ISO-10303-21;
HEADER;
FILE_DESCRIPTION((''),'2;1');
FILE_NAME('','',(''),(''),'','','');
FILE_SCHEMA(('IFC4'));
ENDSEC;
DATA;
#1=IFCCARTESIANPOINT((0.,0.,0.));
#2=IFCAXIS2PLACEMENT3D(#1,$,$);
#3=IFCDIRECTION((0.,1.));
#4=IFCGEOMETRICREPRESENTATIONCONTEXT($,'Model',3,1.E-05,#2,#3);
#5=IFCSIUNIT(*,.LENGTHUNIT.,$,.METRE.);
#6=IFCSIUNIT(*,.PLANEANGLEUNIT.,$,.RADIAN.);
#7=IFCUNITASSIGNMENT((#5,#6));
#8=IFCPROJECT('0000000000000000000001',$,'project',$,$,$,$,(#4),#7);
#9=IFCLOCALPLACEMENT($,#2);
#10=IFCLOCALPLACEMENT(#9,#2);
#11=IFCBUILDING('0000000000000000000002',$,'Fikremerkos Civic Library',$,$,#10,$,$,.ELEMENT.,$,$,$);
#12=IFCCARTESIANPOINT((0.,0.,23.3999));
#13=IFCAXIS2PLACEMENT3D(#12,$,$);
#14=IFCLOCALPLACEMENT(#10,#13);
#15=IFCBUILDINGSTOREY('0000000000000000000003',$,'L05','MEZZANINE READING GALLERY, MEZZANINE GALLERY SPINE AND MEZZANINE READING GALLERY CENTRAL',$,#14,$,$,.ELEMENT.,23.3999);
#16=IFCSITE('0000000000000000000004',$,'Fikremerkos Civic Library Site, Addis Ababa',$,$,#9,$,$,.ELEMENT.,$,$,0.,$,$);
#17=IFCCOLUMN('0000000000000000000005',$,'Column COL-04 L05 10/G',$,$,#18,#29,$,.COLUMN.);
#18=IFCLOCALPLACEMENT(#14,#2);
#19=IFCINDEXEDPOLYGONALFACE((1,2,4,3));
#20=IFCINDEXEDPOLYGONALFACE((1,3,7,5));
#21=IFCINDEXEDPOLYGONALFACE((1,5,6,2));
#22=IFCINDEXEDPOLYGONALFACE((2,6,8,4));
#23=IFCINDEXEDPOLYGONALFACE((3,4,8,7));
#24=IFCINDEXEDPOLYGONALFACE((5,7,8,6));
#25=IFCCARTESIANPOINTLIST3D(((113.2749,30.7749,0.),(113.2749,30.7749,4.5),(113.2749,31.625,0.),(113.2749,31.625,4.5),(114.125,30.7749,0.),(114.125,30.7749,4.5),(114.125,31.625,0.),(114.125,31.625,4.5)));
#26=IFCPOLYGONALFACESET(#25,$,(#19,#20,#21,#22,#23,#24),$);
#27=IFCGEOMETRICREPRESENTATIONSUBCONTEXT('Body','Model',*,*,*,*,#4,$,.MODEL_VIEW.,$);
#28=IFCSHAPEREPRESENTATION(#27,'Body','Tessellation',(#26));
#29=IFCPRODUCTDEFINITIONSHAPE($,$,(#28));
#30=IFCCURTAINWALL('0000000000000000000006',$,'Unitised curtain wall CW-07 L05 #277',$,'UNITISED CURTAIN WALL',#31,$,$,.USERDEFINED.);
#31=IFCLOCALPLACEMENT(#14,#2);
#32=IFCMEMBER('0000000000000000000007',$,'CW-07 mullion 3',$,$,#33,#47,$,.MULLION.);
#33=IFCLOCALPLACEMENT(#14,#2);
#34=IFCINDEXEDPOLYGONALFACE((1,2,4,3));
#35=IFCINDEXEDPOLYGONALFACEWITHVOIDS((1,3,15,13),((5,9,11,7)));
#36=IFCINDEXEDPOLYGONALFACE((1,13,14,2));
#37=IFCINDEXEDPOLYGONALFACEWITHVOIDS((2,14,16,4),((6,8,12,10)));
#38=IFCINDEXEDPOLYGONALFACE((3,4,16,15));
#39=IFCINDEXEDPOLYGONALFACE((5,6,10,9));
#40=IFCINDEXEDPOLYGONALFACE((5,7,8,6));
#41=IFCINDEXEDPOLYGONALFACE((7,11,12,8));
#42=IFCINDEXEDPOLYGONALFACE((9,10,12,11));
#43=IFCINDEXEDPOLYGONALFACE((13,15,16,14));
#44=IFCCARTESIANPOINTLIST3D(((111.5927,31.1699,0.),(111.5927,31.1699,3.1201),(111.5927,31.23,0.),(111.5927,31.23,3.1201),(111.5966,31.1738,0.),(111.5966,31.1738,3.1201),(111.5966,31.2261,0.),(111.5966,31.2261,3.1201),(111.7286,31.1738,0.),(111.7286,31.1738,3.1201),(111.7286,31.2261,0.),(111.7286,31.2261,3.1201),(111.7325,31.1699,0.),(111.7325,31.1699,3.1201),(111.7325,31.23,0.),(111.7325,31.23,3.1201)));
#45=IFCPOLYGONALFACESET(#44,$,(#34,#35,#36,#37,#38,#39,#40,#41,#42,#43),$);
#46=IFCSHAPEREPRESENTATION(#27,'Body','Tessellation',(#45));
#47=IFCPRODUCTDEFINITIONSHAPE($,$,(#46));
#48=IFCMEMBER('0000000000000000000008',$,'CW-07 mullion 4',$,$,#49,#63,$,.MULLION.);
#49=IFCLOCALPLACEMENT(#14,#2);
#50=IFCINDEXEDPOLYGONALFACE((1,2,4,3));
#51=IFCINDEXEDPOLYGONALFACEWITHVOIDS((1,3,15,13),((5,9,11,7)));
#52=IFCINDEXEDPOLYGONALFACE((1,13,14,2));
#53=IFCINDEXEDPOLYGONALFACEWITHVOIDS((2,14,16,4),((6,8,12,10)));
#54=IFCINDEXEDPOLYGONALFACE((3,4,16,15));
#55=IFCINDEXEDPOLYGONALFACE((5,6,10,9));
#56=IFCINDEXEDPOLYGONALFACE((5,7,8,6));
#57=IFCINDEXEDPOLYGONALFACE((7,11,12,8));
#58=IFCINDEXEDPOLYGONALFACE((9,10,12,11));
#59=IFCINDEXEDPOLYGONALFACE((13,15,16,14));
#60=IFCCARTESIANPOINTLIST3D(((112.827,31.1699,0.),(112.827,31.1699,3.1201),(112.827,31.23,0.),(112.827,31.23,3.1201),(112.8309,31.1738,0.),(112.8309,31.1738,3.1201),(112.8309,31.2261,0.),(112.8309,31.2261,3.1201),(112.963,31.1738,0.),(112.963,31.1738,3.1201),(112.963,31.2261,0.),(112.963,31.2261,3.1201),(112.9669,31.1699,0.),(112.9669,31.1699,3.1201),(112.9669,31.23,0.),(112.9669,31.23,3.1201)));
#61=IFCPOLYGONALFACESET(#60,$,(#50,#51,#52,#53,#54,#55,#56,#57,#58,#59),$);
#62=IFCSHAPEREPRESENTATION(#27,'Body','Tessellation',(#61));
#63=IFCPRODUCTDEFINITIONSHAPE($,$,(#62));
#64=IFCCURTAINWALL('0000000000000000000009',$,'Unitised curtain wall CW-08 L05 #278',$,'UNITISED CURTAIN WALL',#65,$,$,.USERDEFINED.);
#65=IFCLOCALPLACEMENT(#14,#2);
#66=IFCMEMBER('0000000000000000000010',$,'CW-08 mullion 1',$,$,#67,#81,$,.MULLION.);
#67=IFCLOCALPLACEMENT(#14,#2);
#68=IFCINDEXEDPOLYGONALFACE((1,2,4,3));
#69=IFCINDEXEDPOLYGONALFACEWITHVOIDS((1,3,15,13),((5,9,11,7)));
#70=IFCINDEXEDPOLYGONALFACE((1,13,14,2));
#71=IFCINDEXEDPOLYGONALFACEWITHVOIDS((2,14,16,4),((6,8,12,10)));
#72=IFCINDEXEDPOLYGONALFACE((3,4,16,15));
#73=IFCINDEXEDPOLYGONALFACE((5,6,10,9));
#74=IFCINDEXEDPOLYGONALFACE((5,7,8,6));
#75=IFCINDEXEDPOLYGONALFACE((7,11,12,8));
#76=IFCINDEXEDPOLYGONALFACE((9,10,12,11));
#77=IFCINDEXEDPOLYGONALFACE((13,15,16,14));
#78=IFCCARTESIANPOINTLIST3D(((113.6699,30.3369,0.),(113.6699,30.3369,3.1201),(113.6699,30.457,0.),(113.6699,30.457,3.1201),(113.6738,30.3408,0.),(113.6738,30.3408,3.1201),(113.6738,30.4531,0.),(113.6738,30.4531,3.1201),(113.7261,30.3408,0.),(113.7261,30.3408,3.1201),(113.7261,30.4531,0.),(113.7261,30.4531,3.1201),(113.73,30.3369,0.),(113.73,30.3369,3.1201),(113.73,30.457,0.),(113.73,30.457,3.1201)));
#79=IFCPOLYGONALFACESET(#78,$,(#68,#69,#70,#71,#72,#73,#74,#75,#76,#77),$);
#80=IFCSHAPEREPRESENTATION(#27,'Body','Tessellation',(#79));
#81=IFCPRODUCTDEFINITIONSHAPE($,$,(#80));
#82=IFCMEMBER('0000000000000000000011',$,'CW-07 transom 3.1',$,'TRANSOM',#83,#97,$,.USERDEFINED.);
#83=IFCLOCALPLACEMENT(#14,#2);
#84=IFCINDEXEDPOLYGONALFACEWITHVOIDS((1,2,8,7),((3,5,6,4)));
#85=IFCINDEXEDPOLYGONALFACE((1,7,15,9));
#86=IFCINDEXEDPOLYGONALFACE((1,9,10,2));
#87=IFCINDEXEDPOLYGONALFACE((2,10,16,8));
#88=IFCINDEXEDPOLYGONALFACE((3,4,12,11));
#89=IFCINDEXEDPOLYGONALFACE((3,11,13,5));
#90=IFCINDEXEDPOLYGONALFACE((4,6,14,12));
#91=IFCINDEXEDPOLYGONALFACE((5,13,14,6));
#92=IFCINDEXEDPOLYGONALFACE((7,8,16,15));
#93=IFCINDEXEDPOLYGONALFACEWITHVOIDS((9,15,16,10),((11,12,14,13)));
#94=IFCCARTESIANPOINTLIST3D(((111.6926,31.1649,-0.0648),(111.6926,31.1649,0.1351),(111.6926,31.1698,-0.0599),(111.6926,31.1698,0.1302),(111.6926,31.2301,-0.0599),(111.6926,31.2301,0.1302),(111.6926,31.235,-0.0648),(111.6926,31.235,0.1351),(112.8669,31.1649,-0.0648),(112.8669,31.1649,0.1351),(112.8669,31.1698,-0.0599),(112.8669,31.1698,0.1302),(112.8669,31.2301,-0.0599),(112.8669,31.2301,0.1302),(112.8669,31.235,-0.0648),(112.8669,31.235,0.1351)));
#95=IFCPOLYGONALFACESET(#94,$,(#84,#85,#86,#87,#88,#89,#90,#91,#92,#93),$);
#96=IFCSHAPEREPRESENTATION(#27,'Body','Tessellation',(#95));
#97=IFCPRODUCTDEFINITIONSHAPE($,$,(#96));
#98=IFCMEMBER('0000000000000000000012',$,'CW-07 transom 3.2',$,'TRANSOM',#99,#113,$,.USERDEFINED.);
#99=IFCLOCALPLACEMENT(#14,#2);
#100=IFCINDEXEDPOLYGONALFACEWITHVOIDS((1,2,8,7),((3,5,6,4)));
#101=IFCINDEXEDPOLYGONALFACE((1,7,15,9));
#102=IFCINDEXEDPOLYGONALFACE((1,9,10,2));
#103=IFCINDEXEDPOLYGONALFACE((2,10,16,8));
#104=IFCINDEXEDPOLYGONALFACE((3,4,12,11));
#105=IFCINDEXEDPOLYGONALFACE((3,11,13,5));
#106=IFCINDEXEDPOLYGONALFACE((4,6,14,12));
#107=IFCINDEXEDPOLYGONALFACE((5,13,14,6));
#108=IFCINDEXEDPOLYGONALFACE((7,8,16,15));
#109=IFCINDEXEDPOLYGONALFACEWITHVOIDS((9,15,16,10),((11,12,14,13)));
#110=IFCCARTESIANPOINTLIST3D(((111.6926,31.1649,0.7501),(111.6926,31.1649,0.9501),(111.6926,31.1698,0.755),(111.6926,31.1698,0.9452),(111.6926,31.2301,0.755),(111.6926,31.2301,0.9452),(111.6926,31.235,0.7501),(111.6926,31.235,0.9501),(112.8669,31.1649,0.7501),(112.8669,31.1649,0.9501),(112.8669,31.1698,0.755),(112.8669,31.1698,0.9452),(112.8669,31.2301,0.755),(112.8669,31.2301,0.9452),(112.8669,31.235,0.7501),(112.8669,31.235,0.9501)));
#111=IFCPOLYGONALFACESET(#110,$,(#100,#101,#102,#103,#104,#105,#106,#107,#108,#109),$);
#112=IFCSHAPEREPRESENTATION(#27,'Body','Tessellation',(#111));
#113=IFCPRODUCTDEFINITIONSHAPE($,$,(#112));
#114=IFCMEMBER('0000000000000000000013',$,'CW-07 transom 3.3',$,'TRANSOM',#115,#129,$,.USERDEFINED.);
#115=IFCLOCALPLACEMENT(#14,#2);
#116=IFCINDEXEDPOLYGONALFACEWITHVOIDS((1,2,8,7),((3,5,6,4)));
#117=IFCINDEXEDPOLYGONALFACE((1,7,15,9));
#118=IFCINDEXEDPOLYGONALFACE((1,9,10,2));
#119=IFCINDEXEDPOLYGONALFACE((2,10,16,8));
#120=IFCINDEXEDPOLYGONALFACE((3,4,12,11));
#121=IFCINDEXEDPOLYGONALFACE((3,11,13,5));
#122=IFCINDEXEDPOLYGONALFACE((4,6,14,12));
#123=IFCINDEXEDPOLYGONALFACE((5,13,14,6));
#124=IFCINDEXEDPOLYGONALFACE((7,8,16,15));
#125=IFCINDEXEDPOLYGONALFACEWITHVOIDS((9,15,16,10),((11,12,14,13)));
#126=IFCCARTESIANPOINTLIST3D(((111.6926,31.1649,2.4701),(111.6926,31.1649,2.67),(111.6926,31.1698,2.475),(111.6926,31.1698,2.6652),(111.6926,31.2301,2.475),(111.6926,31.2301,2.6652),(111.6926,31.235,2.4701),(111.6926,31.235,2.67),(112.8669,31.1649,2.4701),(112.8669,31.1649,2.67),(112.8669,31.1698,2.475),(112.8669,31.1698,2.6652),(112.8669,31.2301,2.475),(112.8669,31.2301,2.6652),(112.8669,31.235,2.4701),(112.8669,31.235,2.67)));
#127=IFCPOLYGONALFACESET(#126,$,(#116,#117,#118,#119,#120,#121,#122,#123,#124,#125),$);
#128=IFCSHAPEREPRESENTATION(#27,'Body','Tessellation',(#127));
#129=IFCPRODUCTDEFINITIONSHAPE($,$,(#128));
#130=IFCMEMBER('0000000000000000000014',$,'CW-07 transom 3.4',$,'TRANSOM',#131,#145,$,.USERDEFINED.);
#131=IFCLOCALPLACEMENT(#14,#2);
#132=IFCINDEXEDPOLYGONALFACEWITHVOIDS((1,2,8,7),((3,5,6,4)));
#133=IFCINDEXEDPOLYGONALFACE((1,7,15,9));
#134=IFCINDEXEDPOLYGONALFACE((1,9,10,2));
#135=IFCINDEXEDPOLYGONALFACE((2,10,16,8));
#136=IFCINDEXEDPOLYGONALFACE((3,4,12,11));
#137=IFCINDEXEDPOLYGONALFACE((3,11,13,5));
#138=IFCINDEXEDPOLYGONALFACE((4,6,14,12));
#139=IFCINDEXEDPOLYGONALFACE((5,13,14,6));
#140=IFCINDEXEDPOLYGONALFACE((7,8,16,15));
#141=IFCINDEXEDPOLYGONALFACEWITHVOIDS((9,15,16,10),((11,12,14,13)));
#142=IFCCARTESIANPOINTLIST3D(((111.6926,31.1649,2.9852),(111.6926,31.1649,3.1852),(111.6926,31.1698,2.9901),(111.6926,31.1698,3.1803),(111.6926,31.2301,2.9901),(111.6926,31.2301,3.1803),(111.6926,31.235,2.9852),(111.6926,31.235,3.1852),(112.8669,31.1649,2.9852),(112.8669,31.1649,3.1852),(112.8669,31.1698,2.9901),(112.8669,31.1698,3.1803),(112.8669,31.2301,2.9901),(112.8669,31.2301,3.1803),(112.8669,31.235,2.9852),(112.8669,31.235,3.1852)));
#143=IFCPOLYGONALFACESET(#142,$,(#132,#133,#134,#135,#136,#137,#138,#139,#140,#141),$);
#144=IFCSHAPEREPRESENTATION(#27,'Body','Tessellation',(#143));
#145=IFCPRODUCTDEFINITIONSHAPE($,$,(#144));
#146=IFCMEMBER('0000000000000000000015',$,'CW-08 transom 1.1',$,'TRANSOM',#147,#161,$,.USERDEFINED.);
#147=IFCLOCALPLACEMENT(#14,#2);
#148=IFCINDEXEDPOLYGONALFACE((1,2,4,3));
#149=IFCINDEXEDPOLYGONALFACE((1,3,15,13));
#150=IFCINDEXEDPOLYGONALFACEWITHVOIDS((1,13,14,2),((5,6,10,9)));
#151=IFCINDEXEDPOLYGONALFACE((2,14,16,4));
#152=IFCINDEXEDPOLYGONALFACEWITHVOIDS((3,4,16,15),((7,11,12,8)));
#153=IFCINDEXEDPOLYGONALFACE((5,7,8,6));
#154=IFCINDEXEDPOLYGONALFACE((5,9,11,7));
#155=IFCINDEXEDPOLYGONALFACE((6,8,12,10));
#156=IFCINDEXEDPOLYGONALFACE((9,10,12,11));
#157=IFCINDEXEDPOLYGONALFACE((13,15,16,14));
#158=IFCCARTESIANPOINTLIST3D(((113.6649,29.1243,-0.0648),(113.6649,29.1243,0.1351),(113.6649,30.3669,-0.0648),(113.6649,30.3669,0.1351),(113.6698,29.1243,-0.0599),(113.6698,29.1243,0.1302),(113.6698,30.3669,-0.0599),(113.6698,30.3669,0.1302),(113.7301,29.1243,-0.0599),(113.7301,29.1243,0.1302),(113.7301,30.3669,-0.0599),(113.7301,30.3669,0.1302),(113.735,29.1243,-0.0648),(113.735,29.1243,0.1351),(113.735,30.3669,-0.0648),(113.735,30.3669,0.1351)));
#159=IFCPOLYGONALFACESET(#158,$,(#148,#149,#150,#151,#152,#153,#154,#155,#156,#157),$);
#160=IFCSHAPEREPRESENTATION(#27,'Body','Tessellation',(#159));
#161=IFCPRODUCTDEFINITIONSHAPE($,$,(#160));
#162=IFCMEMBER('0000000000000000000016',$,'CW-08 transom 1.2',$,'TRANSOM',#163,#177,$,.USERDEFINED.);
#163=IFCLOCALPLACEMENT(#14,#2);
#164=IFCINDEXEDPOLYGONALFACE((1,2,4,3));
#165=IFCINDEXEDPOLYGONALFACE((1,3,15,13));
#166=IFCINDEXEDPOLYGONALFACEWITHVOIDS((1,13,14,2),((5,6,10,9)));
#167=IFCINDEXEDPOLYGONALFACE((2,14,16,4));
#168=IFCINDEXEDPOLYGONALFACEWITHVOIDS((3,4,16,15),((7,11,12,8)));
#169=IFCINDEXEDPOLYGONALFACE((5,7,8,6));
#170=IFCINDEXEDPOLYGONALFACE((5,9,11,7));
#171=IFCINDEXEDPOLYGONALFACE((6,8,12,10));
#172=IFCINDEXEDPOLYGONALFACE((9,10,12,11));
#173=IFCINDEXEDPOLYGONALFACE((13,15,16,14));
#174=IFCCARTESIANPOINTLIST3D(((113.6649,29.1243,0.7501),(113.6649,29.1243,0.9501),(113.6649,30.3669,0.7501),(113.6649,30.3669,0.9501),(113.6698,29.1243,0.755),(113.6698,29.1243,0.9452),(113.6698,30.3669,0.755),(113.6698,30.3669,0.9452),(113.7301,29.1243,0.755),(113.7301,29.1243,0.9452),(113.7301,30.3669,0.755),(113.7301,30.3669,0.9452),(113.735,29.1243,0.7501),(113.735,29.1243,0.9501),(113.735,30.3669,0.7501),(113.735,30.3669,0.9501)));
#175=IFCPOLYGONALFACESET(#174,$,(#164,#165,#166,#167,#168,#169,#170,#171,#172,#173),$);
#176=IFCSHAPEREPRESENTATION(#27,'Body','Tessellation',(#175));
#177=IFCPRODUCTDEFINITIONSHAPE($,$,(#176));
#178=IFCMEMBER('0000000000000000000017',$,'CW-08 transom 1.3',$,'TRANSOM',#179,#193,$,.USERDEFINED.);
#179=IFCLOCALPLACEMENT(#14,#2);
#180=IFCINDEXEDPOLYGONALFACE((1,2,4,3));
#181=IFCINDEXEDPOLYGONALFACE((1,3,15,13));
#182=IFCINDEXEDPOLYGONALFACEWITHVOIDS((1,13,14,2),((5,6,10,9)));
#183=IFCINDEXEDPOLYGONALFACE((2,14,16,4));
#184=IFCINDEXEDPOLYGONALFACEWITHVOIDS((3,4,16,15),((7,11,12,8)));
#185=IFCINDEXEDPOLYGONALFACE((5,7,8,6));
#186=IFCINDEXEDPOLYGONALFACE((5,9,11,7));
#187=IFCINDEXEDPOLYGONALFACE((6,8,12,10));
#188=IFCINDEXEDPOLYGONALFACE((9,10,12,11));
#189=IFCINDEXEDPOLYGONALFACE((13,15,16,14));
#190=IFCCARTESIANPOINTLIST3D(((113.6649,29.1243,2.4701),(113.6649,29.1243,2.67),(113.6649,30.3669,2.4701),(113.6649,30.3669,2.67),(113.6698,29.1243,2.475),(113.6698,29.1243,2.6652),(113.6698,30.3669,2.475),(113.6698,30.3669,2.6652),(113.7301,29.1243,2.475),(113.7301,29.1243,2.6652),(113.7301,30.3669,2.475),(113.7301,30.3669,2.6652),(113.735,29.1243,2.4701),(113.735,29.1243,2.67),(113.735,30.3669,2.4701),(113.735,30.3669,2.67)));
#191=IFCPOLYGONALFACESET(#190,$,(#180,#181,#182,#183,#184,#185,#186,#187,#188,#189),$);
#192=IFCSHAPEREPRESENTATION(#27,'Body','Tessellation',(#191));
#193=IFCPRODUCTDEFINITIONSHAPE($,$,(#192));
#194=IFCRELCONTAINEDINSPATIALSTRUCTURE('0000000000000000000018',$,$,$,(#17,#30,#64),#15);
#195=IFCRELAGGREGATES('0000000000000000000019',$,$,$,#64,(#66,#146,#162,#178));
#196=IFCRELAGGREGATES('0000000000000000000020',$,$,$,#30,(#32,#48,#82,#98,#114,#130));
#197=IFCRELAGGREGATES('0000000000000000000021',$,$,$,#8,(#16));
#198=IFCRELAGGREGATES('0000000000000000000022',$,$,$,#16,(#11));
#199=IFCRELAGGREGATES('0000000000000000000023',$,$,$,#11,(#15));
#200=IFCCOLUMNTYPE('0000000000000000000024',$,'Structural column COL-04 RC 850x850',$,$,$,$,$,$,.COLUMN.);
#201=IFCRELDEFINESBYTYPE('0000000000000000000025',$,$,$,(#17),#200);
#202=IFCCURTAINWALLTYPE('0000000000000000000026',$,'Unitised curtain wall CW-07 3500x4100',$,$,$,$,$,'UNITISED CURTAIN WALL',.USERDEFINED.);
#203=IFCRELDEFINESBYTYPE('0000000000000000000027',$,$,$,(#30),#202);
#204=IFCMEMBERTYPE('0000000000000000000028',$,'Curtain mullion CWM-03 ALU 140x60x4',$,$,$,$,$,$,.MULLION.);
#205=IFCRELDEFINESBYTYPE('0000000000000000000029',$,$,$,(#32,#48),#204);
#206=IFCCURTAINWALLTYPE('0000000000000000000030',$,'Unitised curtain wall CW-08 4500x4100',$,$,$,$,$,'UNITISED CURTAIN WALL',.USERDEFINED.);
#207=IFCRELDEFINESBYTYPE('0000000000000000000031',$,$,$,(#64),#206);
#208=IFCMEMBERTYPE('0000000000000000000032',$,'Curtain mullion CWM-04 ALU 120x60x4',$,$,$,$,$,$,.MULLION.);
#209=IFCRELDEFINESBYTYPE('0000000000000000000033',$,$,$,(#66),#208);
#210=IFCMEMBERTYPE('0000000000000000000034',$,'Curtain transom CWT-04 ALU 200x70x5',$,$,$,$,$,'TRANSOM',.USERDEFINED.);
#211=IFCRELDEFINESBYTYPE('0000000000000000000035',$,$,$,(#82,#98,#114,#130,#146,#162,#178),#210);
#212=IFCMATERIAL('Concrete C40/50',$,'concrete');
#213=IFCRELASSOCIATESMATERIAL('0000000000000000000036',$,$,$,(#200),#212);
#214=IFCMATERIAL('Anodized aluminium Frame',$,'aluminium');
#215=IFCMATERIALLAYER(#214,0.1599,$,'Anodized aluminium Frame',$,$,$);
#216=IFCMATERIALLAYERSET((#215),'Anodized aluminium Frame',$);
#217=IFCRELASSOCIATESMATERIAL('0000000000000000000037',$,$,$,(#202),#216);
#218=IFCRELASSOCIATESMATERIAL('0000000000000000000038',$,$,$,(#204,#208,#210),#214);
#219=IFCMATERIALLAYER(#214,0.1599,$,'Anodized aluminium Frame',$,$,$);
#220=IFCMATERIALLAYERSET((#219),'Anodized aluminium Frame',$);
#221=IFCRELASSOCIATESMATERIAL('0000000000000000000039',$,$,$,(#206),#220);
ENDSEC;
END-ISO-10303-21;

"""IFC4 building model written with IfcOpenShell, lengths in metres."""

from ifc_helpers import new_model, si_unit, direction, frame, origin, origin_2d, place, context, subcontext, project, spatial, rectangle, hollow_rectangle, extrude, material, layer, layer_set, material_profile, profile_set, type_object, element, aggregate, save


model = new_model("IFC4")

# Units and contexts
model_context = context("Model", 3, precision=1e-05, world=origin(), true_north=direction((0.0, 1.0)))
body_context = subcontext(model_context, "Body", "Model", "MODEL_VIEW")
ifc_project = project(units=[si_unit("LENGTHUNIT", "METRE"), si_unit("PLANEANGLEUNIT", "RADIAN")], contexts=[model_context])

# Site, building, storey
site_placement = place(None, origin())
site = spatial("IfcSite", under=ifc_project, at=site_placement, Name="Fikremerkos Civic Library Site, Addis Ababa", CompositionType="ELEMENT", RefElevation=0.0)
building_placement = place(site_placement, origin())
building = spatial("IfcBuilding", under=site, at=building_placement, Name="Fikremerkos Civic Library", CompositionType="ELEMENT")
storey_placement = place(building_placement, frame((0.0, 0.0, 23.3999)))
storey = spatial("IfcBuildingStorey", under=building, at=storey_placement, Name="L05", Description="MEZZANINE READING GALLERY, MEZZANINE GALLERY SPINE AND MEZZANINE READING GALLERY CENTRAL", CompositionType="ELEMENT", Elevation=23.3999)

# Column
ifc_material_1 = material(Name="Concrete C40/50", Category="concrete")
ifc_material_profile_1 = material_profile(ifc_material_1, rectangle(XDim=0.8501, YDim=0.8501, at=origin_2d()), Name="RC 850x850")
ifc_profile_set_1 = profile_set([ifc_material_profile_1], Name="Concrete C40/50")
column_type = type_object("IfcColumnType", Name="Structural column COL-04 RC 850x850", PredefinedType="COLUMN", material=ifc_profile_set_1)
column_placement = place(storey_placement, frame((113.7, 31.2, 0.0), z_axis=(0.0, 0.0, 1.0), x_axis=(1.0, 0.0, 0.0)))
element("IfcColumn", 1, at=column_placement, inside=storey, type_object=column_type, Name="Column COL-04 L05 10/G", PredefinedType="COLUMN", context=body_context, shape_type="SweptSolid", body=[
    extrude(rectangle(XDim=0.8501, YDim=0.8501, at=origin_2d()), origin(), (0.0, 0.0, 1.0), 4.5),
])

# Curtain wall, members
ifc_material_2 = material(Name="Anodized aluminium Frame", Category="aluminium")
ifc_layer_1 = layer(ifc_material_2, 0.1599, Name="Anodized aluminium Frame")
ifc_layer_set_1 = layer_set([ifc_layer_1], Name="Anodized aluminium Frame")
curtain_wall_type_1 = type_object("IfcCurtainWallType", Name="Unitised curtain wall CW-07 3500x4100", ElementType="UNITISED CURTAIN WALL", PredefinedType="USERDEFINED", material=ifc_layer_set_1)
curtain_wall_1_placement = place(storey_placement, origin())
curtain_wall_1 = element("IfcCurtainWall", 2, at=curtain_wall_1_placement, inside=storey, type_object=curtain_wall_type_1, Name="Unitised curtain wall CW-07 L05 #277", ObjectType="UNITISED CURTAIN WALL", PredefinedType="USERDEFINED")
ifc_material_profile_2 = material_profile(ifc_material_2, hollow_rectangle(XDim=0.0601, YDim=0.1399, WallThickness=0.0039, at=origin_2d()), Name="ALU 140x60x4")
ifc_profile_set_2 = profile_set([ifc_material_profile_2], Name="Anodized aluminium Frame")
member_type_1 = type_object("IfcMemberType", Name="Curtain mullion CWM-03 ALU 140x60x4", PredefinedType="MULLION", material=ifc_profile_set_2)
member_1_placement = place(storey_placement, frame((111.6626, 31.2, 0.0), z_axis=(0.0, 0.0, 1.0), x_axis=(0.0, 1.0, 0.0)))
member_1 = element("IfcMember", 3, at=member_1_placement, type_object=member_type_1, Name="CW-07 mullion 3", PredefinedType="MULLION", context=body_context, shape_type="SweptSolid", body=[
    extrude(hollow_rectangle(XDim=0.0601, YDim=0.1399, WallThickness=0.0039, at=origin_2d()), origin(), (0.0, 0.0, 1.0), 3.1201),
])
member_2_placement = place(storey_placement, frame((112.897, 31.2, 0.0), z_axis=(0.0, 0.0, 1.0), x_axis=(0.0, 1.0, 0.0)))
member_2 = element("IfcMember", 4, at=member_2_placement, type_object=member_type_1, Name="CW-07 mullion 4", PredefinedType="MULLION", context=body_context, shape_type="SweptSolid", body=[
    extrude(hollow_rectangle(XDim=0.0601, YDim=0.1399, WallThickness=0.0039, at=origin_2d()), origin(), (0.0, 0.0, 1.0), 3.1201),
])

# Curtain wall, member
ifc_layer_2 = layer(ifc_material_2, 0.1599, Name="Anodized aluminium Frame")
ifc_layer_set_2 = layer_set([ifc_layer_2], Name="Anodized aluminium Frame")
curtain_wall_type_2 = type_object("IfcCurtainWallType", Name="Unitised curtain wall CW-08 4500x4100", ElementType="UNITISED CURTAIN WALL", PredefinedType="USERDEFINED", material=ifc_layer_set_2)
curtain_wall_2_placement = place(storey_placement, origin())
curtain_wall_2 = element("IfcCurtainWall", 5, at=curtain_wall_2_placement, inside=storey, type_object=curtain_wall_type_2, Name="Unitised curtain wall CW-08 L05 #278", ObjectType="UNITISED CURTAIN WALL", PredefinedType="USERDEFINED")
ifc_material_profile_3 = material_profile(ifc_material_2, hollow_rectangle(XDim=0.0601, YDim=0.1201, WallThickness=0.0039, at=origin_2d()), Name="ALU 120x60x4")
ifc_profile_set_3 = profile_set([ifc_material_profile_3], Name="Anodized aluminium Frame")
member_type_2 = type_object("IfcMemberType", Name="Curtain mullion CWM-04 ALU 120x60x4", PredefinedType="MULLION", material=ifc_profile_set_3)
member_3_placement = place(storey_placement, frame((113.7, 30.397, 0.0), z_axis=(0.0, 0.0, 1.0), x_axis=(1.0, 0.0, 0.0)))
member_3 = element("IfcMember", 6, at=member_3_placement, type_object=member_type_2, Name="CW-08 mullion 1", PredefinedType="MULLION", context=body_context, shape_type="SweptSolid", body=[
    extrude(hollow_rectangle(XDim=0.0601, YDim=0.1201, WallThickness=0.0039, at=origin_2d()), origin(), (0.0, 0.0, 1.0), 3.1201),
])

# Members
ifc_material_profile_4 = material_profile(ifc_material_2, hollow_rectangle(XDim=0.0701, YDim=0.2, WallThickness=0.0049, at=origin_2d()), Name="ALU 200x70x5")
ifc_profile_set_4 = profile_set([ifc_material_profile_4], Name="Anodized aluminium Frame")
member_type_3 = type_object("IfcMemberType", Name="Curtain transom CWT-04 ALU 200x70x5", ElementType="TRANSOM", PredefinedType="USERDEFINED", material=ifc_profile_set_4)
member_4_placement = place(storey_placement, frame((111.6926, 31.2, 0.0352), z_axis=(1.0, 0.0, 0.0), x_axis=(0.0, 1.0, 0.0)))
member_4 = element("IfcMember", 7, at=member_4_placement, type_object=member_type_3, Name="CW-07 transom 3.1", ObjectType="TRANSOM", PredefinedType="USERDEFINED", context=body_context, shape_type="SweptSolid", body=[
    extrude(hollow_rectangle(XDim=0.0701, YDim=0.2, WallThickness=0.0049, at=origin_2d()), origin(), (0.0, 0.0, 1.0), 1.1743),
])
member_5_placement = place(storey_placement, frame((111.6926, 31.2, 0.8501), z_axis=(1.0, 0.0, 0.0), x_axis=(0.0, 1.0, 0.0)))
member_5 = element("IfcMember", 8, at=member_5_placement, type_object=member_type_3, Name="CW-07 transom 3.2", ObjectType="TRANSOM", PredefinedType="USERDEFINED", context=body_context, shape_type="SweptSolid", body=[
    extrude(hollow_rectangle(XDim=0.0701, YDim=0.2, WallThickness=0.0049, at=origin_2d()), origin(), (0.0, 0.0, 1.0), 1.1743),
])
member_6_placement = place(storey_placement, frame((111.6926, 31.2, 2.5701), z_axis=(1.0, 0.0, 0.0), x_axis=(0.0, 1.0, 0.0)))
member_6 = element("IfcMember", 9, at=member_6_placement, type_object=member_type_3, Name="CW-07 transom 3.3", ObjectType="TRANSOM", PredefinedType="USERDEFINED", context=body_context, shape_type="SweptSolid", body=[
    extrude(hollow_rectangle(XDim=0.0701, YDim=0.2, WallThickness=0.0049, at=origin_2d()), origin(), (0.0, 0.0, 1.0), 1.1743),
])
member_7_placement = place(storey_placement, frame((111.6926, 31.2, 3.0852), z_axis=(1.0, 0.0, 0.0), x_axis=(0.0, 1.0, 0.0)))
member_7 = element("IfcMember", 10, at=member_7_placement, type_object=member_type_3, Name="CW-07 transom 3.4", ObjectType="TRANSOM", PredefinedType="USERDEFINED", context=body_context, shape_type="SweptSolid", body=[
    extrude(hollow_rectangle(XDim=0.0701, YDim=0.2, WallThickness=0.0049, at=origin_2d()), origin(), (0.0, 0.0, 1.0), 1.1743),
])
member_8_placement = place(storey_placement, frame((113.7, 30.3669, 0.0352), z_axis=(0.0, -1.0, 0.0), x_axis=(1.0, 0.0, 0.0)))
member_8 = element("IfcMember", 11, at=member_8_placement, type_object=member_type_3, Name="CW-08 transom 1.1", ObjectType="TRANSOM", PredefinedType="USERDEFINED", context=body_context, shape_type="SweptSolid", body=[
    extrude(hollow_rectangle(XDim=0.0701, YDim=0.2, WallThickness=0.0049, at=origin_2d()), origin(), (0.0, 0.0, 1.0), 1.2427),
])
member_9_placement = place(storey_placement, frame((113.7, 30.3669, 0.8501), z_axis=(0.0, -1.0, 0.0), x_axis=(1.0, 0.0, 0.0)))
member_9 = element("IfcMember", 12, at=member_9_placement, type_object=member_type_3, Name="CW-08 transom 1.2", ObjectType="TRANSOM", PredefinedType="USERDEFINED", context=body_context, shape_type="SweptSolid", body=[
    extrude(hollow_rectangle(XDim=0.0701, YDim=0.2, WallThickness=0.0049, at=origin_2d()), origin(), (0.0, 0.0, 1.0), 1.2427),
])
member_10_placement = place(storey_placement, frame((113.7, 30.3669, 2.5701), z_axis=(0.0, -1.0, 0.0), x_axis=(1.0, 0.0, 0.0)))
member_10 = element("IfcMember", 13, at=member_10_placement, type_object=member_type_3, Name="CW-08 transom 1.3", ObjectType="TRANSOM", PredefinedType="USERDEFINED", context=body_context, shape_type="SweptSolid", body=[
    extrude(hollow_rectangle(XDim=0.0701, YDim=0.2, WallThickness=0.0049, at=origin_2d()), origin(), (0.0, 0.0, 1.0), 1.2427),
])
aggregate(curtain_wall_2, [member_3, member_8, member_9, member_10])

aggregate(curtain_wall_1, [member_1, member_2, member_4, member_5, member_6, member_7])

save(model, "model.ifc")
